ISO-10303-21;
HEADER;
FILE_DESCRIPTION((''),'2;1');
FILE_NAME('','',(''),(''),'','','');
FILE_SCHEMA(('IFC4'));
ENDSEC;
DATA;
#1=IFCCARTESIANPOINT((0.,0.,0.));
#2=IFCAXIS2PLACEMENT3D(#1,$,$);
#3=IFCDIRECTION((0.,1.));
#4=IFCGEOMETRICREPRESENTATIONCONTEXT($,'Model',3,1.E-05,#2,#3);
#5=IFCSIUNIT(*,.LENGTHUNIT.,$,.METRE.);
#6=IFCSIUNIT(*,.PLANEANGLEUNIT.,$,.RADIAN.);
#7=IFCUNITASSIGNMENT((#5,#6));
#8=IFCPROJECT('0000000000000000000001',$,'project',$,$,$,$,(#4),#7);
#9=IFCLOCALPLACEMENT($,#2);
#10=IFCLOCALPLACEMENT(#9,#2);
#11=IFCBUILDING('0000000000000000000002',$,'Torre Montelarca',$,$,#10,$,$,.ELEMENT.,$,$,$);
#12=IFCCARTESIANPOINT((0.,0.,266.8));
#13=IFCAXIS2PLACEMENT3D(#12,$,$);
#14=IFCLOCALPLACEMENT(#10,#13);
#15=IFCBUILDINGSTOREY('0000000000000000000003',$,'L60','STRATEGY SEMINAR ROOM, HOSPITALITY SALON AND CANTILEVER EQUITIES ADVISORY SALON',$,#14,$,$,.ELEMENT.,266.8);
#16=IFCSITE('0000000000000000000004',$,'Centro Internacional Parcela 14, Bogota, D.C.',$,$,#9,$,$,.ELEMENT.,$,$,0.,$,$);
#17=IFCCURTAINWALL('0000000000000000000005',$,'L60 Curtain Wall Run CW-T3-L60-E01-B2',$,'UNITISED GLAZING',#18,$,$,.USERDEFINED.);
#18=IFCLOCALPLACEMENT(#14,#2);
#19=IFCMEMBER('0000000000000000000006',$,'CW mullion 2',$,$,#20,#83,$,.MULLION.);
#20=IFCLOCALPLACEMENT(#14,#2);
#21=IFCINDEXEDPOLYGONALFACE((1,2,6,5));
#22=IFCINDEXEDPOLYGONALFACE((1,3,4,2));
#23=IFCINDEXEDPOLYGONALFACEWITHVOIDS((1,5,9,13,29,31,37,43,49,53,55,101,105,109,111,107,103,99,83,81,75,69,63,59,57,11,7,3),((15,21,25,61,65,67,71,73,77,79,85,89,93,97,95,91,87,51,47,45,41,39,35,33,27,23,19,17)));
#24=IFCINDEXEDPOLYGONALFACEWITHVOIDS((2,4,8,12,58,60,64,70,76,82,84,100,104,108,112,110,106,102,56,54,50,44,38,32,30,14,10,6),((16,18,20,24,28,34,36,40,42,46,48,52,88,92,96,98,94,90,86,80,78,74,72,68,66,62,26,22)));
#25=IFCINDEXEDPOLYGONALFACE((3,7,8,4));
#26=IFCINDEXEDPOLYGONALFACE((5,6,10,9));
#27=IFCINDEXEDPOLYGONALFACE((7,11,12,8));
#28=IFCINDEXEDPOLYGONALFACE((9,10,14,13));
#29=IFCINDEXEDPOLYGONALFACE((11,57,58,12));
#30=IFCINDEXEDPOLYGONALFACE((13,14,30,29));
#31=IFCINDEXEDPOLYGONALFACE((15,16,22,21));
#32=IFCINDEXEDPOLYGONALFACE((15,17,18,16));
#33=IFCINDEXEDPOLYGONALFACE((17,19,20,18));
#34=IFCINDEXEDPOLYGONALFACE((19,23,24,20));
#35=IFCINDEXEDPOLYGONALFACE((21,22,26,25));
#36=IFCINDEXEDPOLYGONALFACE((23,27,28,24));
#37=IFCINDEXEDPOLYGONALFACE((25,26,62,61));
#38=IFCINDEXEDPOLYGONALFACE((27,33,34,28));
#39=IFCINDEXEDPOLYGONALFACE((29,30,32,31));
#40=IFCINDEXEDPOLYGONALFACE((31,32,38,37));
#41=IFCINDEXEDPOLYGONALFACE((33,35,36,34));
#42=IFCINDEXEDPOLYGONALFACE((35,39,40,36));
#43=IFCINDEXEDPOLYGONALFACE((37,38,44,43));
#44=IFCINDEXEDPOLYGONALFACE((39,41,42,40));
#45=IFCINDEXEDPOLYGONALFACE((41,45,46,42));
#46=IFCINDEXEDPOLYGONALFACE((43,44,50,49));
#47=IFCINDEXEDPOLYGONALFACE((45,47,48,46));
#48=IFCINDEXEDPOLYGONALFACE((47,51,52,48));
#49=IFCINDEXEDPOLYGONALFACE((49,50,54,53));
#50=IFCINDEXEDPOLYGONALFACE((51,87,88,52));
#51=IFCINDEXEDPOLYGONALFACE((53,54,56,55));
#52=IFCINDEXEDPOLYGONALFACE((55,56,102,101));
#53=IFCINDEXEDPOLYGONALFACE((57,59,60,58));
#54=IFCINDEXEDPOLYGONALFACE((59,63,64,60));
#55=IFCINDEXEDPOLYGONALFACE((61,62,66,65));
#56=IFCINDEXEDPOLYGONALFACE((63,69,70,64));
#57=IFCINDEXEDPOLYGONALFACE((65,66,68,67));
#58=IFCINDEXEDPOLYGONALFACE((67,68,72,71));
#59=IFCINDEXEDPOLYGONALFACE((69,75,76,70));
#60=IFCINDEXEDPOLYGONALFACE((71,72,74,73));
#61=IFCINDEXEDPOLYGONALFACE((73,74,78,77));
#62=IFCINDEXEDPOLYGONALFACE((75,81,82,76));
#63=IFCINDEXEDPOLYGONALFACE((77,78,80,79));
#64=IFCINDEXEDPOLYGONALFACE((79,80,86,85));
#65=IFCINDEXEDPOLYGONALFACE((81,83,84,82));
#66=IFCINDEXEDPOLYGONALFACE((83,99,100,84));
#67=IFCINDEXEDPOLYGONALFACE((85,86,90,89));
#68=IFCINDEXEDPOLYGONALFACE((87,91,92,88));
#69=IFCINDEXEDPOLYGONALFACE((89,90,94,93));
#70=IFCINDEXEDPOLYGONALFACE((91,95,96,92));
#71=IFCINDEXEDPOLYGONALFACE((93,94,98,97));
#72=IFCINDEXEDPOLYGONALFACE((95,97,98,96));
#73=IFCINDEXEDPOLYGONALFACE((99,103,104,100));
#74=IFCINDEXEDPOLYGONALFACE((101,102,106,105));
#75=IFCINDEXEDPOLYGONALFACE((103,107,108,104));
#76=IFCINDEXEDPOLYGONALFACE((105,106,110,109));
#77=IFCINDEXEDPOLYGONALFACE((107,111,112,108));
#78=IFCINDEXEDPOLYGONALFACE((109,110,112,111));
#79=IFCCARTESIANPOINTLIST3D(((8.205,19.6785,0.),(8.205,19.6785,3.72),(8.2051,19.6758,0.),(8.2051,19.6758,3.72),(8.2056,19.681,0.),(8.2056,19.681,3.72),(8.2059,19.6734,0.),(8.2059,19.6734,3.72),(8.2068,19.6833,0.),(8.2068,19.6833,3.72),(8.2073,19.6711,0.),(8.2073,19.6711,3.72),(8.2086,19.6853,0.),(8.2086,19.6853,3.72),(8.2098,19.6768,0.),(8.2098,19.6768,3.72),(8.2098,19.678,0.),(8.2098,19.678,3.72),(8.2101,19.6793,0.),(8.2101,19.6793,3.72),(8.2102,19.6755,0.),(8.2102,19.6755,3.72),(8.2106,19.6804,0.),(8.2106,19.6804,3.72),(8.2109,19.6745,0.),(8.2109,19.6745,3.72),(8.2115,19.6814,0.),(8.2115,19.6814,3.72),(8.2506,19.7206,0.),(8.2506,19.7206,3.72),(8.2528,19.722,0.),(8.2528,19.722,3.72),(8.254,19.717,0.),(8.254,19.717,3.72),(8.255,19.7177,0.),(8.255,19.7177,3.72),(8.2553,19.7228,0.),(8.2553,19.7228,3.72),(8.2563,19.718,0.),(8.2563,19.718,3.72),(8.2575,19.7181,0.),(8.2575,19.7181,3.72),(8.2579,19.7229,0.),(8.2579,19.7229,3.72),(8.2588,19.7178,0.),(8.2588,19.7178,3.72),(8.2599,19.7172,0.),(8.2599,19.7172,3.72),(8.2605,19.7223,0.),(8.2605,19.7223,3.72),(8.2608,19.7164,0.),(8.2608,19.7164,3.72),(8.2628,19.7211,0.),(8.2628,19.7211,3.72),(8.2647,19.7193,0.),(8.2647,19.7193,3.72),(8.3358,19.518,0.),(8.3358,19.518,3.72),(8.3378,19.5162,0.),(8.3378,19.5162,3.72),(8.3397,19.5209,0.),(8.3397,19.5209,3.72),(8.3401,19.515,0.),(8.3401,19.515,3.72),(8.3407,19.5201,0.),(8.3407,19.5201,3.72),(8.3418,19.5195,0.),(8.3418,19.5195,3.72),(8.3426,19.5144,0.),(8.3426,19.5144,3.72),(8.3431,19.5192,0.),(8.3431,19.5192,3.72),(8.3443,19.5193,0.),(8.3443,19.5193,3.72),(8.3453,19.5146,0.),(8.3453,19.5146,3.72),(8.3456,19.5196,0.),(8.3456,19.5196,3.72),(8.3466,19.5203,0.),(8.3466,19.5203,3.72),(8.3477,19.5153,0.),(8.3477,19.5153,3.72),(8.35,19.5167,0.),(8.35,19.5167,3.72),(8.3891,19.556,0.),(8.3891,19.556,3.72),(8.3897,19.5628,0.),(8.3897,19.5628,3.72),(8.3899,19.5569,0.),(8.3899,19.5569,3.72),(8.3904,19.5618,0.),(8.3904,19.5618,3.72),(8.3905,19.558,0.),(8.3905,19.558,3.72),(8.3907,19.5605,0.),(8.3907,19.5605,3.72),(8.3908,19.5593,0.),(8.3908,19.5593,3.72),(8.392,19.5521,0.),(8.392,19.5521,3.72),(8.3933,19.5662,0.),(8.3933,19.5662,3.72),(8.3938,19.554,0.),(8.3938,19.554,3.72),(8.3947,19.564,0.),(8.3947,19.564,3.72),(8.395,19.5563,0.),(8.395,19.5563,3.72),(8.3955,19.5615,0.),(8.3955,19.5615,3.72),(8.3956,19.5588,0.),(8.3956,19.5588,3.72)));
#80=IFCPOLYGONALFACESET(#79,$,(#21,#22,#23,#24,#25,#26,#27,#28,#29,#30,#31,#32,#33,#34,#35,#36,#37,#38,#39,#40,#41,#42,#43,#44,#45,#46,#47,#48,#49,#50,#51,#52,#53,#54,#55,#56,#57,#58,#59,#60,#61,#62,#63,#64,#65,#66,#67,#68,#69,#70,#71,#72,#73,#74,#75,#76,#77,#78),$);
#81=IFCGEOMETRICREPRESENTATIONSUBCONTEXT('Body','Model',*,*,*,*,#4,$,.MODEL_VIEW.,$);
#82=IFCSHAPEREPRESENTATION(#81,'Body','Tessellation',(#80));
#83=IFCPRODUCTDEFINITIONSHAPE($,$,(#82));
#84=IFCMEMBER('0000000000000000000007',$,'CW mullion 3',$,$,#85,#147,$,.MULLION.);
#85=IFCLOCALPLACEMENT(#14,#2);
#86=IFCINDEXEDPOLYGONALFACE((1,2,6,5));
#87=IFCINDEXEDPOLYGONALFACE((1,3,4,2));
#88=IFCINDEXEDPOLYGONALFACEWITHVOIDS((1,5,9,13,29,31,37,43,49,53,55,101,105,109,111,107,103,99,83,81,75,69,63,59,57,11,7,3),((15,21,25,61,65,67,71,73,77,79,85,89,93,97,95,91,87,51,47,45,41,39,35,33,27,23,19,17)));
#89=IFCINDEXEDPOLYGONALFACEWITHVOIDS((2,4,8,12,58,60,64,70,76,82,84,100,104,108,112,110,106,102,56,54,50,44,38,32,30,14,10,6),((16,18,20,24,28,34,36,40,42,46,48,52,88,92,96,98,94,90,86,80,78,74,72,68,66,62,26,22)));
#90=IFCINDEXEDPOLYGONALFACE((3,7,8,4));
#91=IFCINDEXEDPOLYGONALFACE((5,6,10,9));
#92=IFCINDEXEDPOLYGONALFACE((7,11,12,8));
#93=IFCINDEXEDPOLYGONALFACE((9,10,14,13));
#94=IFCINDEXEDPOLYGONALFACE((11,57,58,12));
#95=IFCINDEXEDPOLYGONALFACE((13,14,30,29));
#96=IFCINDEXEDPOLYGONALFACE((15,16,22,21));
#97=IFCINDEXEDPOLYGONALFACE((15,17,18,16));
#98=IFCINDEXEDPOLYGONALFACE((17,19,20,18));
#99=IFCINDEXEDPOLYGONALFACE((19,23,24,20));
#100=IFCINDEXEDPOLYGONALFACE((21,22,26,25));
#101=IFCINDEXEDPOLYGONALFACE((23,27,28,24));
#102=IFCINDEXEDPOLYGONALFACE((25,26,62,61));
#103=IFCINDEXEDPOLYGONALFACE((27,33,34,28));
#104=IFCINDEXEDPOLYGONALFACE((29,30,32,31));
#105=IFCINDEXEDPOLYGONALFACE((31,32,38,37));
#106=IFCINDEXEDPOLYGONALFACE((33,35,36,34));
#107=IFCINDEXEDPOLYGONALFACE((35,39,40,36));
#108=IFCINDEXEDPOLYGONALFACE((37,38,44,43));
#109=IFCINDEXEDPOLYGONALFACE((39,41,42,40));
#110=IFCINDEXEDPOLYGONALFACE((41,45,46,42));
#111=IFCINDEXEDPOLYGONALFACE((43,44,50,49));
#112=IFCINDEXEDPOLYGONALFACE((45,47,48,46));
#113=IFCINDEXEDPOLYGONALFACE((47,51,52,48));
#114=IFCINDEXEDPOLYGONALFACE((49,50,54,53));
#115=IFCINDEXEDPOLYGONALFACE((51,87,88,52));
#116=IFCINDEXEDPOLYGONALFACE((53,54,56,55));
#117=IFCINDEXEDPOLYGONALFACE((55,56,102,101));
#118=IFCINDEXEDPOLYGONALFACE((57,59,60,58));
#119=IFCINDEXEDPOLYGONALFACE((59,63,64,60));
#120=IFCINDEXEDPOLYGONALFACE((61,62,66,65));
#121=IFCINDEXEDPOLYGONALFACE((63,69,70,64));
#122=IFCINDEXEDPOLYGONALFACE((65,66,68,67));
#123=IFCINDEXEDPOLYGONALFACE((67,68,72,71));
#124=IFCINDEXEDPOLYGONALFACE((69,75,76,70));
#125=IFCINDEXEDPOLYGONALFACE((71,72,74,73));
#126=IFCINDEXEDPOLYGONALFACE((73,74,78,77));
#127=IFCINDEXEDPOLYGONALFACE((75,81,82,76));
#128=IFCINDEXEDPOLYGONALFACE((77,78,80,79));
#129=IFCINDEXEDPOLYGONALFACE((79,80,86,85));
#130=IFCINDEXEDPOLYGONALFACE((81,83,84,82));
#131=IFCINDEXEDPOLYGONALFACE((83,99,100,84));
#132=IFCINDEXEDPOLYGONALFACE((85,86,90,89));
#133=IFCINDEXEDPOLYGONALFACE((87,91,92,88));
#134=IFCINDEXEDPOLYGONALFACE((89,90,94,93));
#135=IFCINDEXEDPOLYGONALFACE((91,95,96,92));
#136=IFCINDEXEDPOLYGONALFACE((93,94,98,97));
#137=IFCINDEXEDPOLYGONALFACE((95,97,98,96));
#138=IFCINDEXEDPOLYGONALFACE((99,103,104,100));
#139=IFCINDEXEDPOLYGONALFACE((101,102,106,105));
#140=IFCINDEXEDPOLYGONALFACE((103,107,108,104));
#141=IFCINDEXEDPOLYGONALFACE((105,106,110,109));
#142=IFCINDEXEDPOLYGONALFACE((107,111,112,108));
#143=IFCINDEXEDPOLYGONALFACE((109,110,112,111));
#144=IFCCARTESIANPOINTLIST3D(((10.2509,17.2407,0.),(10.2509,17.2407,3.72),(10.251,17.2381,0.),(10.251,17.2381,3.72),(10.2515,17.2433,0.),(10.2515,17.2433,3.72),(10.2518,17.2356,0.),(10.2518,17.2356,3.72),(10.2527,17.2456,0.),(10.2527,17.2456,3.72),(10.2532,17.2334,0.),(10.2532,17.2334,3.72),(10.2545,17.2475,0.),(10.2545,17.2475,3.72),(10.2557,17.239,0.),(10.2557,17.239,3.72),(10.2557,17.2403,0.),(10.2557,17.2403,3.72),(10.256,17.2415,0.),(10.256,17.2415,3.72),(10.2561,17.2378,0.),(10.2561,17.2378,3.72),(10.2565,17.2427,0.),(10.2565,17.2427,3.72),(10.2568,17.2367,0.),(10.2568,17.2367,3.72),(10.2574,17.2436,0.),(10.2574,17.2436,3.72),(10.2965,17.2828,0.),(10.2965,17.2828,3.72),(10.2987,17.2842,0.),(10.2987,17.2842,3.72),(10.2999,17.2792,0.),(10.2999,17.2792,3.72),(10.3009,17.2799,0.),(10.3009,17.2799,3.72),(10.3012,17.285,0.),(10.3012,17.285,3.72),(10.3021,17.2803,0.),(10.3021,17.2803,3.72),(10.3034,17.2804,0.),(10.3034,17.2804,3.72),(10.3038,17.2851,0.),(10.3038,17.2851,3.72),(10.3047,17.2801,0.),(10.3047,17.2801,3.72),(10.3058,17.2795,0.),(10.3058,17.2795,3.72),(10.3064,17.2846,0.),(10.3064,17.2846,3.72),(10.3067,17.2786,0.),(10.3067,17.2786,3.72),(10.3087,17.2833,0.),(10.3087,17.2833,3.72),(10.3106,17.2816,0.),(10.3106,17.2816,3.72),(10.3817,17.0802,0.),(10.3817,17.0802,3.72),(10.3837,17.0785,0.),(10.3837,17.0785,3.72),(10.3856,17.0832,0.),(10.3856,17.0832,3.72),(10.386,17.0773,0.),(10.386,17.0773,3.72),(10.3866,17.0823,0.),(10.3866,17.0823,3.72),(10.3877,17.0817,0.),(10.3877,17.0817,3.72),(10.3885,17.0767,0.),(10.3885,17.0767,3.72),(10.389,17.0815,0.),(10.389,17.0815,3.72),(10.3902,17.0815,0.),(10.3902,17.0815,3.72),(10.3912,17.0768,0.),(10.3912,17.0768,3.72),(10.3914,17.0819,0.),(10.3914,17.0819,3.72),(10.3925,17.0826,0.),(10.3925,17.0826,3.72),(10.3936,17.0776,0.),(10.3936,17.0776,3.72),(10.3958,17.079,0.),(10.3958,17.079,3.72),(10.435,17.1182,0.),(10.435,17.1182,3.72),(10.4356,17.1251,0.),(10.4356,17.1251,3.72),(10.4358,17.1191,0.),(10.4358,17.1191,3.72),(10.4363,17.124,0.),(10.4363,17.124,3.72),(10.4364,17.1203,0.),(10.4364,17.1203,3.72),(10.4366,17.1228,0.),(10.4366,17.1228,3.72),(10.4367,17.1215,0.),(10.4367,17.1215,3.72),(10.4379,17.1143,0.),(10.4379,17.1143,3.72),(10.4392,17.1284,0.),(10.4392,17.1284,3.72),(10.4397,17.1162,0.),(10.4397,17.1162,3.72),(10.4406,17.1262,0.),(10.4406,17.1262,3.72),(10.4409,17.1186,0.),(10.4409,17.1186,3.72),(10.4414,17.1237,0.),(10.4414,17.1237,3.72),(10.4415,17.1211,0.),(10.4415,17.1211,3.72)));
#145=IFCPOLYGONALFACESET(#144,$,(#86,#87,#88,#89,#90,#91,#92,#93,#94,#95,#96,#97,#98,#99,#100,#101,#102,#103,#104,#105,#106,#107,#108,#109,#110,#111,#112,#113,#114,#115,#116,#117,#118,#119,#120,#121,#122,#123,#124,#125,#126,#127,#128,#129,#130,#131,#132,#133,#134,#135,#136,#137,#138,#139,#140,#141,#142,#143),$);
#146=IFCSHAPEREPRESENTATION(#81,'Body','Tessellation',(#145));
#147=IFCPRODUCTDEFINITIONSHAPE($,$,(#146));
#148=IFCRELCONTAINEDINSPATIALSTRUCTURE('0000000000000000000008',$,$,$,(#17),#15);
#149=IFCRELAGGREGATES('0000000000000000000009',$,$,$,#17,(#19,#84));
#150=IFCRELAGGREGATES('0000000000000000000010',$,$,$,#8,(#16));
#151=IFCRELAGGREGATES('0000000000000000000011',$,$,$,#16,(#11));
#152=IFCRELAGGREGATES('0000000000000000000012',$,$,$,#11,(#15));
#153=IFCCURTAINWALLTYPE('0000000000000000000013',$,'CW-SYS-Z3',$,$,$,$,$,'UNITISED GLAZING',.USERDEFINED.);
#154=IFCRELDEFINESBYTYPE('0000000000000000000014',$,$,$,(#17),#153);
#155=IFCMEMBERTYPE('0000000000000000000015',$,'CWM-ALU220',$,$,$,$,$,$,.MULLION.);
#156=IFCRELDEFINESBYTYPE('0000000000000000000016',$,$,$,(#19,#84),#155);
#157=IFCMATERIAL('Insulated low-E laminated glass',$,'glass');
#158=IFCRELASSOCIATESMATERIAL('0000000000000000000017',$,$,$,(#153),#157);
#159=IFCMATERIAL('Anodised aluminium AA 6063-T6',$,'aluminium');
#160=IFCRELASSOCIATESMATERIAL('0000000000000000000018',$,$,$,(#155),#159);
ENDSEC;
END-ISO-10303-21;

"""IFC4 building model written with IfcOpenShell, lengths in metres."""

from ifc_helpers import new_model, si_unit, direction, frame, origin, origin_2d, place, context, subcontext, project, spatial, hollow_rectangle, extrude, source, transform, mapped, material, material_profile, profile_set, type_object, element, aggregate, save


model = new_model("IFC4")

# Units and contexts
model_context = context("Model", 3, precision=1e-05, world=origin(), true_north=direction((0.0, 1.0)))
body_context = subcontext(model_context, "Body", "Model", "MODEL_VIEW")
ifc_project = project(units=[si_unit("LENGTHUNIT", "METRE"), si_unit("PLANEANGLEUNIT", "RADIAN")], contexts=[model_context])

# Site, building, storey
site_placement = place(None, origin())
site = spatial("IfcSite", under=ifc_project, at=site_placement, Name="Centro Internacional Parcela 14, Bogota, D.C.", CompositionType="ELEMENT", RefElevation=0.0)
building_placement = place(site_placement, origin())
building = spatial("IfcBuilding", under=site, at=building_placement, Name="Torre Montelarca", CompositionType="ELEMENT")
storey_placement = place(building_placement, frame((0.0, 0.0, 266.8)))
storey = spatial("IfcBuildingStorey", under=building, at=storey_placement, Name="L60", Description="STRATEGY SEMINAR ROOM, HOSPITALITY SALON AND CANTILEVER EQUITIES ADVISORY SALON", CompositionType="ELEMENT", Elevation=266.8)

# Curtain wall, members
ifc_material_1 = material(Name="Insulated low-E laminated glass", Category="glass")
curtain_wall_type = type_object("IfcCurtainWallType", Name="CW-SYS-Z3", ElementType="UNITISED GLAZING", PredefinedType="USERDEFINED", material=ifc_material_1)
ifc_material_2 = material(Name="Anodised aluminium AA 6063-T6", Category="aluminium")
curtain_wall_1_placement = place(storey_placement, origin())
curtain_wall_1 = element("IfcCurtainWall", 1, at=curtain_wall_1_placement, inside=storey, type_object=curtain_wall_type, Name="L60 Curtain Wall Run CW-T3-L60-E01-B2", ObjectType="UNITISED GLAZING", PredefinedType="USERDEFINED")
ifc_material_profile_1 = material_profile(ifc_material_2, hollow_rectangle(XDim=0.075, YDim=0.22, WallThickness=0.0049, InnerFilletRadius=0.0049, OuterFilletRadius=0.01, at=origin_2d()), Name="ALU75X220X5", Category="aluminium")
ifc_profile_set_1 = profile_set([ifc_material_profile_1], Name="Anodised aluminium AA 6063-T6")
member_type_1 = type_object("IfcMemberType", Name="CWM-ALU220", PredefinedType="MULLION", material=ifc_profile_set_1)
shared_shape_1 = source(origin(), body_context, "Body", "SweptSolid", [
    extrude(hollow_rectangle(XDim=0.075, YDim=0.22, WallThickness=0.0049, InnerFilletRadius=0.0049, OuterFilletRadius=0.01, at=origin_2d()), origin(), (0.0, 0.0, 1.0), 3.72),
])
member_1_placement = place(storey_placement, frame((8.3003, 19.6187, 0.0), z_axis=(0.0, 0.0, 1.0), x_axis=(0.766039, 0.642794, 0.0)))
member_1 = element("IfcMember", 2, at=member_1_placement, type_object=member_type_1, Name="CW mullion 2", PredefinedType="MULLION", context=body_context, shape_type="MappedRepresentation", body=[
    mapped(shared_shape_1, transform((0.0, 0.0, 0.0), scale=1.0)),
])
member_2_placement = place(storey_placement, frame((10.3462, 17.1809, 0.0), z_axis=(0.0, 0.0, 1.0), x_axis=(0.766039, 0.642794, 0.0)))
member_2 = element("IfcMember", 3, at=member_2_placement, type_object=member_type_1, Name="CW mullion 3", PredefinedType="MULLION", context=body_context, shape_type="MappedRepresentation", body=[
    mapped(shared_shape_1, transform((0.0, 0.0, 0.0), scale=1.0)),
])

aggregate(curtain_wall_1, [member_1, member_2])

save(model, "model.ifc")
